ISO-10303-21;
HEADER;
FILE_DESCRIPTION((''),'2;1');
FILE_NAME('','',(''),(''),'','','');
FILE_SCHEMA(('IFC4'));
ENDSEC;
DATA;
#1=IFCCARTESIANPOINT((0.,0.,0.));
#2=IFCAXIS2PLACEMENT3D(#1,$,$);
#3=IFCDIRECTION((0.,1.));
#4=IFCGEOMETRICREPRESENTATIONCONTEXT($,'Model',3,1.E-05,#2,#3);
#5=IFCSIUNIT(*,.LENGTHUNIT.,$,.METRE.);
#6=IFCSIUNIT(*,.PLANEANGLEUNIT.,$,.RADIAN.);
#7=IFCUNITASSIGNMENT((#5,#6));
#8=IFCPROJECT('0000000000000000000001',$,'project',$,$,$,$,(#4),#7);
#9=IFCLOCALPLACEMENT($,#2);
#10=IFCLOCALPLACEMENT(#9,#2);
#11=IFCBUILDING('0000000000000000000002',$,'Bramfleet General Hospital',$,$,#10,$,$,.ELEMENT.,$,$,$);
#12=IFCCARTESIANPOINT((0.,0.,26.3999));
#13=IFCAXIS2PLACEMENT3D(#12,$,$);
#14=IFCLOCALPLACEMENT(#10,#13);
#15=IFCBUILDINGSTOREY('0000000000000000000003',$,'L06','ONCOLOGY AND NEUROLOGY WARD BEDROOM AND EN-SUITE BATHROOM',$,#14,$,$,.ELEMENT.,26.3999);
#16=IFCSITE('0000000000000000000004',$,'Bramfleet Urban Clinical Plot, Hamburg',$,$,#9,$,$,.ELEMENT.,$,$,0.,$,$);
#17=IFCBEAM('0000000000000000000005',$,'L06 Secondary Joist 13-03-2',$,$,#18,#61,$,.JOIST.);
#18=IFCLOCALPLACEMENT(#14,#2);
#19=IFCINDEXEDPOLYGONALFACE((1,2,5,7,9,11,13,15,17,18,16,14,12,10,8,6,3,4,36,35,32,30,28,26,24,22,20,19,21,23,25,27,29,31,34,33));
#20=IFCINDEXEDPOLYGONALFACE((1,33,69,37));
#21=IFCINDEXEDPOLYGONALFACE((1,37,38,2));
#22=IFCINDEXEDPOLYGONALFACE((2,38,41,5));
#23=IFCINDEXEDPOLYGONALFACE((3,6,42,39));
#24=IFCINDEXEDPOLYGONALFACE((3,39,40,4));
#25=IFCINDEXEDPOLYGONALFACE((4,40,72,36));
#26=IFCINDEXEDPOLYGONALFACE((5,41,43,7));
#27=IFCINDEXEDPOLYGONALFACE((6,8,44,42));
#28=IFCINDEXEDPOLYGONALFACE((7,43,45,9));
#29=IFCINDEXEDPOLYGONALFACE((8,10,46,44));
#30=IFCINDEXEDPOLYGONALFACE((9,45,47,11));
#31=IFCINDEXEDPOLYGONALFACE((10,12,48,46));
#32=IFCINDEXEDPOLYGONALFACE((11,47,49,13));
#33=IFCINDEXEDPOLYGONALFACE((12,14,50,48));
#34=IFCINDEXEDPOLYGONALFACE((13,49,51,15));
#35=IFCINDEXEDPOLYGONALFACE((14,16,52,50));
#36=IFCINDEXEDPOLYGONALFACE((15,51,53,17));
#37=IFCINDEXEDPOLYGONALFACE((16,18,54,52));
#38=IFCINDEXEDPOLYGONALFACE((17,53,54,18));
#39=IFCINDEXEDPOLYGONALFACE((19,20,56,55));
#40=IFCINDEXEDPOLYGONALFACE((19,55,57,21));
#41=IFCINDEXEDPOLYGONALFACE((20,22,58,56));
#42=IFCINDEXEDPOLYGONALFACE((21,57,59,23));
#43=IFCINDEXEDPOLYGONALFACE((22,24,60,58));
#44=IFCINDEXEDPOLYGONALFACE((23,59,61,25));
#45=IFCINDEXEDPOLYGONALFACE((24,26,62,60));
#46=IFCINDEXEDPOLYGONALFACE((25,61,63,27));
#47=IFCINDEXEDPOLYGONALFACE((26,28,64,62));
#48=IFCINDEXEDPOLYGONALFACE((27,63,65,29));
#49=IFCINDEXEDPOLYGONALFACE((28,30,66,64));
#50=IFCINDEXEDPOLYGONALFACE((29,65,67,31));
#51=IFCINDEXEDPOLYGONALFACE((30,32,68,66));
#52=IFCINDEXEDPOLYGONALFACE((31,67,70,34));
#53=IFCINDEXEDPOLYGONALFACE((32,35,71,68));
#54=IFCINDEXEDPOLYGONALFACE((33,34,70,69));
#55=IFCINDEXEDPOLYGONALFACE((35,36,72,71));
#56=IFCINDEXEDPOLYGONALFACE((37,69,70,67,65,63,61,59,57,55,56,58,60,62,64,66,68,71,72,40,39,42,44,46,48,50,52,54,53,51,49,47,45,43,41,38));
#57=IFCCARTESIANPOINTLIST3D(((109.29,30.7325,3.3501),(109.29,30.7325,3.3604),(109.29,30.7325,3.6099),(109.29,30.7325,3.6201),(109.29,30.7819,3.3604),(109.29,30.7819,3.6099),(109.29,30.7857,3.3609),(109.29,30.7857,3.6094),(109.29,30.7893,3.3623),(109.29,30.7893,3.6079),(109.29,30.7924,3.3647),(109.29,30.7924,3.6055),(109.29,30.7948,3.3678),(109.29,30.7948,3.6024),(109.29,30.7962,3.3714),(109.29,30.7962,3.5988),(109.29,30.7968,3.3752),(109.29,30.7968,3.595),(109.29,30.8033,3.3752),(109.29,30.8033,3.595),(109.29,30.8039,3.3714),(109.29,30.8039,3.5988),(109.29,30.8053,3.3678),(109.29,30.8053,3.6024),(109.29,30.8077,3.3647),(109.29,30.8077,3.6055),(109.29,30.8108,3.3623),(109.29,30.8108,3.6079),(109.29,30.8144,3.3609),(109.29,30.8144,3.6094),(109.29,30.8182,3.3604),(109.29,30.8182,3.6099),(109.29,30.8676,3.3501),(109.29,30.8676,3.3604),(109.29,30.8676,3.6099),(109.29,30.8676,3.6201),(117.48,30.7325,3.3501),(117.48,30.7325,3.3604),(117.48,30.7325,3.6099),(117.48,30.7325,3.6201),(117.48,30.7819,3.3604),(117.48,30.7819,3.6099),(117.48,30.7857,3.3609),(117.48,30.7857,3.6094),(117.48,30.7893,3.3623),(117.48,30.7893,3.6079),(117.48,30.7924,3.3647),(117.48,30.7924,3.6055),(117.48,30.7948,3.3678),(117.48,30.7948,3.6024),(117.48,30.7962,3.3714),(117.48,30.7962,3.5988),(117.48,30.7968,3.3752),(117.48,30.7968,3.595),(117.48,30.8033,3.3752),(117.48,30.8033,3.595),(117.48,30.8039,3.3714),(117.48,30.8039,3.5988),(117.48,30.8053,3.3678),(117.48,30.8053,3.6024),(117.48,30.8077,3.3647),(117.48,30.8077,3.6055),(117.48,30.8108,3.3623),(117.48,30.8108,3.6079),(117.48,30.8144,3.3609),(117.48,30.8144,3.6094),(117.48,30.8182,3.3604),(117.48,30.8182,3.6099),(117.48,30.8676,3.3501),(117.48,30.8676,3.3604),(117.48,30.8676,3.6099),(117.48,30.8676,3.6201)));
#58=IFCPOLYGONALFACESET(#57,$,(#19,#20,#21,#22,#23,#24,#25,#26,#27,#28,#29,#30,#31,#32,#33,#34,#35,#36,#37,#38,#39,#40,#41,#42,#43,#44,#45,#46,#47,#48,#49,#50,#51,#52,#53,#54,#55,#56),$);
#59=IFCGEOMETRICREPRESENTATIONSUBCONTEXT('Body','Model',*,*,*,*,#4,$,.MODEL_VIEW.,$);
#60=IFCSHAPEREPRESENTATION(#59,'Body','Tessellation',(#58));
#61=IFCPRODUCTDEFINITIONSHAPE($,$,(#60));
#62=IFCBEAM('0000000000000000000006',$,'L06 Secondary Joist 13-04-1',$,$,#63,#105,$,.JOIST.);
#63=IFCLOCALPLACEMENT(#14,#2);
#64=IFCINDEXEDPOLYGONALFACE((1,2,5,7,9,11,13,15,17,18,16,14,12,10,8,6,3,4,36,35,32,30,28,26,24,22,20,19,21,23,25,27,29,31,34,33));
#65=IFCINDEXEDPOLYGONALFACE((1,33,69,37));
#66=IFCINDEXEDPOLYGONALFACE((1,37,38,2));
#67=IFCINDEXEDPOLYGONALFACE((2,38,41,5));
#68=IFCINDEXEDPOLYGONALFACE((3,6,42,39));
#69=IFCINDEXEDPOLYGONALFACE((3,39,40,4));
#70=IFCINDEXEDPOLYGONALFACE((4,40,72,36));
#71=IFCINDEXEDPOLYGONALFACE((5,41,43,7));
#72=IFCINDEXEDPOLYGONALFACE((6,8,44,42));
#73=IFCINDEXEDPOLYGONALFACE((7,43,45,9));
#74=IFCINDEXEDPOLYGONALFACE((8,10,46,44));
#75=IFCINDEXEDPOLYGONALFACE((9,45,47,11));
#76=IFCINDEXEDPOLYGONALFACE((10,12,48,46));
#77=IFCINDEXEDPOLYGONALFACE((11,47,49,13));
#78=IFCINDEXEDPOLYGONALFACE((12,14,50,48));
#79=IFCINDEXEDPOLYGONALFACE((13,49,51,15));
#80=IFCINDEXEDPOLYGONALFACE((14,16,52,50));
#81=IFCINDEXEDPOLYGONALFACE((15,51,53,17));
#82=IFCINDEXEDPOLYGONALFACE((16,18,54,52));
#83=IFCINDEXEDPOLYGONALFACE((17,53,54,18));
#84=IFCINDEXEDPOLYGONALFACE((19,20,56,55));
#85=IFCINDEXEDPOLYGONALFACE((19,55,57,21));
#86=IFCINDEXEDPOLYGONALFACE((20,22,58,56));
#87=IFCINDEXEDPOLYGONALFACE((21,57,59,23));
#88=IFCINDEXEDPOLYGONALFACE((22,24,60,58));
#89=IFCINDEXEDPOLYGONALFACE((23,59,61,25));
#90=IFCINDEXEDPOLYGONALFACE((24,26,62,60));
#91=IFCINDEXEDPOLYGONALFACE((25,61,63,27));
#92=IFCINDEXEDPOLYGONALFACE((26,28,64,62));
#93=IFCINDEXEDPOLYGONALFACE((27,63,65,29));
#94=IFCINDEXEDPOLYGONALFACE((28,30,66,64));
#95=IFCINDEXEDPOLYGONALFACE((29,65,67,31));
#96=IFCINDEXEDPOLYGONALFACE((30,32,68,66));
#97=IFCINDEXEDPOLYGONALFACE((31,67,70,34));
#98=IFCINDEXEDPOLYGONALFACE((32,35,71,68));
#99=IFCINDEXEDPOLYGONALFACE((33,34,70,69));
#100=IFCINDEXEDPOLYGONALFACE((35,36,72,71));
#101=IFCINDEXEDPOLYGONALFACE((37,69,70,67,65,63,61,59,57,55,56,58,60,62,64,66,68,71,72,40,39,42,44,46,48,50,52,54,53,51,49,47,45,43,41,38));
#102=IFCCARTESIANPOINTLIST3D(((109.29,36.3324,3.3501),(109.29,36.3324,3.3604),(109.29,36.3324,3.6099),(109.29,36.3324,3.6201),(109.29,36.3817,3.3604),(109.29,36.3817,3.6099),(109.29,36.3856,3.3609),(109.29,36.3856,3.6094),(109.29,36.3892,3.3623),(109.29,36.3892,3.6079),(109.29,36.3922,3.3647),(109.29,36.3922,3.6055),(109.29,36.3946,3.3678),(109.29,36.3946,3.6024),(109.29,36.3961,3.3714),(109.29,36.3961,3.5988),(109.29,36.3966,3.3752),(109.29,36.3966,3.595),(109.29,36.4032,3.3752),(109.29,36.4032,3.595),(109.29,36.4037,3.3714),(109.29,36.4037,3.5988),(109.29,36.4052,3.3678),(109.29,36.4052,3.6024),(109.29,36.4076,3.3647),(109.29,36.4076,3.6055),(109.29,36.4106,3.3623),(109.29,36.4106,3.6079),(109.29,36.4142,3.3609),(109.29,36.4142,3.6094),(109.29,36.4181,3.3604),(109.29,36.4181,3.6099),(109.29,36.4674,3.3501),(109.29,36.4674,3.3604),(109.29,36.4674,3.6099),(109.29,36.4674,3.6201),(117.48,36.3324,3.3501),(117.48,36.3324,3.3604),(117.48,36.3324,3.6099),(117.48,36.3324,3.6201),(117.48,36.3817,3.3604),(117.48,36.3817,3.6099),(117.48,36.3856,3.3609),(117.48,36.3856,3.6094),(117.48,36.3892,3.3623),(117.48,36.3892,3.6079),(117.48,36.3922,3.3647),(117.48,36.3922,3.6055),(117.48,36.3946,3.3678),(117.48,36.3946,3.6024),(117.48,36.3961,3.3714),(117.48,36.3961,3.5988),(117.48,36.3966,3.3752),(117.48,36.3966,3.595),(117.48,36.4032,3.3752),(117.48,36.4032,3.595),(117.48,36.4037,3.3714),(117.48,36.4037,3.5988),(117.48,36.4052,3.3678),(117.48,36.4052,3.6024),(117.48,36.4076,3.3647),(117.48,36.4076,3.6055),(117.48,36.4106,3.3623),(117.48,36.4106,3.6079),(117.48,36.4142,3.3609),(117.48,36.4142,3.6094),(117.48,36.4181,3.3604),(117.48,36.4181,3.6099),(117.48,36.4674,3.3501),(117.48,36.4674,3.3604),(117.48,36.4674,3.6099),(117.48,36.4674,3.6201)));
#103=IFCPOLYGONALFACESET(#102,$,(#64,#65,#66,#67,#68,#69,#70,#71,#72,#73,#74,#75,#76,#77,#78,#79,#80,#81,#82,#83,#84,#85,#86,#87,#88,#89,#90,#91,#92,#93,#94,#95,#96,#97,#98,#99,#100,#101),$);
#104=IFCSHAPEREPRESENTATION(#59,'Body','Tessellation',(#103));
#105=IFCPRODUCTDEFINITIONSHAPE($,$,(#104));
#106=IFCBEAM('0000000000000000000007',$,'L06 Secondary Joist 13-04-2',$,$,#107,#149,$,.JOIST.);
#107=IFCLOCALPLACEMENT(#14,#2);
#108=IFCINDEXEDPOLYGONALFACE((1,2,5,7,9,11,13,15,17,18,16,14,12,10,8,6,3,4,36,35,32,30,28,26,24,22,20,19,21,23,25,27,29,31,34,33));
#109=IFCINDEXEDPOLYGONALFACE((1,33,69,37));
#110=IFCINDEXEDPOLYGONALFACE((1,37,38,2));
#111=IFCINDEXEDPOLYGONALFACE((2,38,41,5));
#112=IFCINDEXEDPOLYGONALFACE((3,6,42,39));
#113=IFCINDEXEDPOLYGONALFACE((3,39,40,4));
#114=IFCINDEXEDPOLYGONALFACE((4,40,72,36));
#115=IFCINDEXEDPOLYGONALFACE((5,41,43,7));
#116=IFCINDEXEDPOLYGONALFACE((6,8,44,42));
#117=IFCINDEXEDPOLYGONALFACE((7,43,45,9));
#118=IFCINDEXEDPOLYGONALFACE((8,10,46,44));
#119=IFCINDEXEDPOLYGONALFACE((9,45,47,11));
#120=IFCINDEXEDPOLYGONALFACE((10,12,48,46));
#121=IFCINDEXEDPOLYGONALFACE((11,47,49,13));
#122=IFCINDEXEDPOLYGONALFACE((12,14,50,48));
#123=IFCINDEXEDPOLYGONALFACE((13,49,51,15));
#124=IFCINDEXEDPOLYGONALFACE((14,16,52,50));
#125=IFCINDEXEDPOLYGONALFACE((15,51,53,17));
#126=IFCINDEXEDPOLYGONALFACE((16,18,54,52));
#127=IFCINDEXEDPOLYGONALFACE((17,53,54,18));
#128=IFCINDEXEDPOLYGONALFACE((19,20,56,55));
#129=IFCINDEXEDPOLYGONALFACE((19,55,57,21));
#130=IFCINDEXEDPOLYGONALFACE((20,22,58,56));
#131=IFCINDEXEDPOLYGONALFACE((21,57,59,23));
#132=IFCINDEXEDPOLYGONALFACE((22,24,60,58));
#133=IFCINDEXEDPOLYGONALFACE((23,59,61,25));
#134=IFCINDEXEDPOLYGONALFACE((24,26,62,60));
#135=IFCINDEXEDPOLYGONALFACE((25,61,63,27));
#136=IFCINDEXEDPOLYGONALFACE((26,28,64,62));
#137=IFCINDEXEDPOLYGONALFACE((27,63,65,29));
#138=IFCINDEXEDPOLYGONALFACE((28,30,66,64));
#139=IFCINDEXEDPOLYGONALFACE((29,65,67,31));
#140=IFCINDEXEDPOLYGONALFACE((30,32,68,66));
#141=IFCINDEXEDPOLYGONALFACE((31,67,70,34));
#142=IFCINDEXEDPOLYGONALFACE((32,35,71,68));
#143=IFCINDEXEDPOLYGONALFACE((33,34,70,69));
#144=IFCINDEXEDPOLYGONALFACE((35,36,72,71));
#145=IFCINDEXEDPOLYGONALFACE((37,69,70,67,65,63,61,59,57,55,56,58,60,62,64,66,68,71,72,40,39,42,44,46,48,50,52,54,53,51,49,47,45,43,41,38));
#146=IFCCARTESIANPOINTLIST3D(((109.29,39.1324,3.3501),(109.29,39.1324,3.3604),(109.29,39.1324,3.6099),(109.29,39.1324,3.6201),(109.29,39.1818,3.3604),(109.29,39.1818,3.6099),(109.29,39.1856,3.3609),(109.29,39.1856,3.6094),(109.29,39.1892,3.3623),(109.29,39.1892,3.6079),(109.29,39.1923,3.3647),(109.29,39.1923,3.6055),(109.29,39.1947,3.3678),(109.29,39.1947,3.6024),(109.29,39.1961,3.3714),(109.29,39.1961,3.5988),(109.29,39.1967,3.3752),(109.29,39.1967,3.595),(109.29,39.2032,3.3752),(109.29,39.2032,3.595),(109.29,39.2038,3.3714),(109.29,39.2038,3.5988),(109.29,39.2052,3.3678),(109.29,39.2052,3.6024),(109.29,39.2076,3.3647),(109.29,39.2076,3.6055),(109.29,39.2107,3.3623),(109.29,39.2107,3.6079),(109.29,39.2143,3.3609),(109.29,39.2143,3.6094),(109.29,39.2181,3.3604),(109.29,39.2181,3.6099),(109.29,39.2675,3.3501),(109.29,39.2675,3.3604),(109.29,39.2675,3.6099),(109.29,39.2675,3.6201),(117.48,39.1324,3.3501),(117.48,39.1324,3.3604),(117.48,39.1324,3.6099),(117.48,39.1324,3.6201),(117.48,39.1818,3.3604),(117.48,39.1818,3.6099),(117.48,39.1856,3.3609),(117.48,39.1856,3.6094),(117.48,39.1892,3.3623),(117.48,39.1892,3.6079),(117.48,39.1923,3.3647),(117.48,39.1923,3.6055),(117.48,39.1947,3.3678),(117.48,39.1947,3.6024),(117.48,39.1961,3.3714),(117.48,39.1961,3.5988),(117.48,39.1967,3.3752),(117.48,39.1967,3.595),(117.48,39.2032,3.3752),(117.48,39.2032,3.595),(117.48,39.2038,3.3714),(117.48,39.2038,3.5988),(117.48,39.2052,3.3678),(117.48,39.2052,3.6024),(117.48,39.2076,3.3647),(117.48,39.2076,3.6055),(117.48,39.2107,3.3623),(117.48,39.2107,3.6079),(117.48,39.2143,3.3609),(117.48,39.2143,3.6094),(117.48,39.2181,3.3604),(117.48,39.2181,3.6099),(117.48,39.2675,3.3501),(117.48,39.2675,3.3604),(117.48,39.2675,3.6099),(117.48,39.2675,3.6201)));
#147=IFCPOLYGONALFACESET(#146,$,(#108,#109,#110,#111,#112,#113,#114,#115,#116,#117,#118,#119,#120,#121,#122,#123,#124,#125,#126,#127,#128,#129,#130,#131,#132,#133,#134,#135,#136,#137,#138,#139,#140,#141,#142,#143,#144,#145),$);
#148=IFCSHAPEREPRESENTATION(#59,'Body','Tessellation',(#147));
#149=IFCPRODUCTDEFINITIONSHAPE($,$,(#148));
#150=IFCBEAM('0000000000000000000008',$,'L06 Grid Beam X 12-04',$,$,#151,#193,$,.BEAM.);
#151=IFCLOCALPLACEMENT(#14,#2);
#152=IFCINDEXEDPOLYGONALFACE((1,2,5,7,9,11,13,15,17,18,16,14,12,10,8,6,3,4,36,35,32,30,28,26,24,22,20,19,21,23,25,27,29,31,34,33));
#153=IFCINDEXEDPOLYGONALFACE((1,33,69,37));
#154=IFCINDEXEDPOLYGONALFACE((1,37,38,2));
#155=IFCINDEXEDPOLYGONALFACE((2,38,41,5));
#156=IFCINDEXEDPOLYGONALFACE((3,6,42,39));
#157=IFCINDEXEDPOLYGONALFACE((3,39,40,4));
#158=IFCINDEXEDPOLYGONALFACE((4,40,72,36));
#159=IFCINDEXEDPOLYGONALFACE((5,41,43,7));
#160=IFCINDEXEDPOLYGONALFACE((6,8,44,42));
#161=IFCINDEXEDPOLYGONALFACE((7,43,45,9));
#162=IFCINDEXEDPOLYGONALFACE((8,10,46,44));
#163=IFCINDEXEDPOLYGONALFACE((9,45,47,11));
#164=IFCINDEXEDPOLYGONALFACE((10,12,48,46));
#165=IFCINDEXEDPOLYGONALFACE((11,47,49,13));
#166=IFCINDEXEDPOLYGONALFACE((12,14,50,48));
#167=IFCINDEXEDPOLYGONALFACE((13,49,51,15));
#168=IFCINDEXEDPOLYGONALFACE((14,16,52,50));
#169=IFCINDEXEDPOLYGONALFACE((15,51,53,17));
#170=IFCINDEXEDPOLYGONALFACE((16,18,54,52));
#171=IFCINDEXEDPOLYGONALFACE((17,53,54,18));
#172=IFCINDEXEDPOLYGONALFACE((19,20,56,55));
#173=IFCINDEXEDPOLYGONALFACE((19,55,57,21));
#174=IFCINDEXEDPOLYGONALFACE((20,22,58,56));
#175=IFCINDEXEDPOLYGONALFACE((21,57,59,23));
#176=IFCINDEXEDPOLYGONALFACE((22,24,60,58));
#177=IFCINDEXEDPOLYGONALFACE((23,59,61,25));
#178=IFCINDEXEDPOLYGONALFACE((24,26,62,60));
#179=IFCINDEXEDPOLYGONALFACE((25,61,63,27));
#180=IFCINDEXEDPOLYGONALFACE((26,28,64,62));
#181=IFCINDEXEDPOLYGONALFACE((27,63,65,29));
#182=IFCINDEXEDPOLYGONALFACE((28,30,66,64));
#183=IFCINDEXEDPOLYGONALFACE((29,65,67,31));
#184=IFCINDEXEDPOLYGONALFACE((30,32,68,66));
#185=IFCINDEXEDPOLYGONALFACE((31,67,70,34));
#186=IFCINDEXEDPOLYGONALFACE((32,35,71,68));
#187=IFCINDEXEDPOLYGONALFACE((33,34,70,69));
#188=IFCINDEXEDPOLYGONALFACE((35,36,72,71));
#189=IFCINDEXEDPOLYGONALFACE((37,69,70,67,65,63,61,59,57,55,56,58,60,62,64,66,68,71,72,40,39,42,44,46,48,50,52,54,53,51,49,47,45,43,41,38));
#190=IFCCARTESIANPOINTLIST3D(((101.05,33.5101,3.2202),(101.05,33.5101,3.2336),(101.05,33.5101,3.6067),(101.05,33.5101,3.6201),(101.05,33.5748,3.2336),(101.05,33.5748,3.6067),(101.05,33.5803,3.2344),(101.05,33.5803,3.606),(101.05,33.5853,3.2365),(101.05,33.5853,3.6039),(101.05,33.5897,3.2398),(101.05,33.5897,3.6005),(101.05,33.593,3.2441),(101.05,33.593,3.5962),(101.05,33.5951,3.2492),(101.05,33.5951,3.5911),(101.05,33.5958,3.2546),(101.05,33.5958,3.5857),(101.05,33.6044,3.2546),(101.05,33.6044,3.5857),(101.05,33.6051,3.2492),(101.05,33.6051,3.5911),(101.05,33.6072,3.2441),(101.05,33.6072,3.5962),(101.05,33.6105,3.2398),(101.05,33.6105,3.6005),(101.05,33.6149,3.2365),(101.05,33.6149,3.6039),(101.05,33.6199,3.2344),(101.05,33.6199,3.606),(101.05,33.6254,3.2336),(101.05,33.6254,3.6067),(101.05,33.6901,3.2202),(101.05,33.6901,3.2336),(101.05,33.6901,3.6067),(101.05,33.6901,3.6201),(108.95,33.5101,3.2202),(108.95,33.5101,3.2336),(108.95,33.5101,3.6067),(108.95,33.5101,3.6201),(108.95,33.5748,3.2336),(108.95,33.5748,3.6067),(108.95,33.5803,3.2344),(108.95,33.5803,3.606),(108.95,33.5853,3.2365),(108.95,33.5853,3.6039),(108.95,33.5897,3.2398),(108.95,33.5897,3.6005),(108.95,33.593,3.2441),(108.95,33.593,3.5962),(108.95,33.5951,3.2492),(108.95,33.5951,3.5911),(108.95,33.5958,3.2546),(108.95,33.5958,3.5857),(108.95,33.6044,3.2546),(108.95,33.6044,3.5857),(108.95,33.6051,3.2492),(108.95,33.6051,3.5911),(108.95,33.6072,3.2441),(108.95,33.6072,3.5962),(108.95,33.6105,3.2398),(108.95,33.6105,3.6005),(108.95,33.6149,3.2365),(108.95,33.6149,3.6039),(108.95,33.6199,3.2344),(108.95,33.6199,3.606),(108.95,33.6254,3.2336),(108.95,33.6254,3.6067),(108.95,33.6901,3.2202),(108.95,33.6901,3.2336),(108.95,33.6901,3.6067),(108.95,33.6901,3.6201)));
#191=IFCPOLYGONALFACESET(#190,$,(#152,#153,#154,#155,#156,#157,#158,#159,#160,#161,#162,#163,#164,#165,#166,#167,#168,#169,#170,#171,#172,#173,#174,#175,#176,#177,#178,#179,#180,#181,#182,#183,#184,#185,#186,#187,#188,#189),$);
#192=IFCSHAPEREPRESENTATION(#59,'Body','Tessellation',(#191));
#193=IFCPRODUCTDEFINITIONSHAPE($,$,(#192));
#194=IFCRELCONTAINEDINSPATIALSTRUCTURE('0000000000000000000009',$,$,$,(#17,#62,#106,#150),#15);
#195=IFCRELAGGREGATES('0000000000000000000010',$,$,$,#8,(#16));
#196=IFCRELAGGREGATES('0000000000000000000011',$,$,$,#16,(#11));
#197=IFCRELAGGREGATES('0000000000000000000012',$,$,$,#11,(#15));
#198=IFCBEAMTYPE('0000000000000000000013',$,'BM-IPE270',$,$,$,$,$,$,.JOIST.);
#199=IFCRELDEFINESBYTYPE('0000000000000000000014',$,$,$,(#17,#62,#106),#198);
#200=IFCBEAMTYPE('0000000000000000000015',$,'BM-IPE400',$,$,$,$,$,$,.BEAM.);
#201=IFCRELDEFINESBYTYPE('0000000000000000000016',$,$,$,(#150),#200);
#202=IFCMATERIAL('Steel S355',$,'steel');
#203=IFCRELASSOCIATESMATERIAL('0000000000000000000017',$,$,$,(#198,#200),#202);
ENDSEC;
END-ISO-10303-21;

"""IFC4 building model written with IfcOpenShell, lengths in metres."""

from ifc_helpers import new_model, si_unit, direction, frame, origin, origin_2d, place, context, subcontext, project, spatial, i_section, extrude, material, material_profile, profile_set, type_object, element, save


model = new_model("IFC4")

# Units and contexts
model_context = context("Model", 3, precision=1e-05, world=origin(), true_north=direction((0.0, 1.0)))
body_context = subcontext(model_context, "Body", "Model", "MODEL_VIEW")
ifc_project = project(units=[si_unit("LENGTHUNIT", "METRE"), si_unit("PLANEANGLEUNIT", "RADIAN")], contexts=[model_context])

# Site, building, storey
site_placement = place(None, origin())
site = spatial("IfcSite", under=ifc_project, at=site_placement, Name="Bramfleet Urban Clinical Plot, Hamburg", CompositionType="ELEMENT", RefElevation=0.0)
building_placement = place(site_placement, origin())
building = spatial("IfcBuilding", under=site, at=building_placement, Name="Bramfleet General Hospital", CompositionType="ELEMENT")
storey_placement = place(building_placement, frame((0.0, 0.0, 26.3999)))
storey = spatial("IfcBuildingStorey", under=building, at=storey_placement, Name="L06", Description="ONCOLOGY AND NEUROLOGY WARD BEDROOM AND EN-SUITE BATHROOM", CompositionType="ELEMENT", Elevation=26.3999)

# Beams
ifc_material_1 = material(Name="Steel S355", Category="steel")
ifc_material_profile_1 = material_profile(ifc_material_1, i_section(OverallWidth=0.135, OverallDepth=0.27, WebThickness=0.0066, FlangeThickness=0.0103, FilletRadius=0.0149, at=origin_2d()), Name="IPE 270")
ifc_profile_set_1 = profile_set([ifc_material_profile_1], Name="Steel S355")
beam_type_1 = type_object("IfcBeamType", Name="BM-IPE270", PredefinedType="JOIST", material=ifc_profile_set_1)
for number, where, z_axis, x_axis, name in (
    (1, (109.29, 30.8, 3.4851), (1.0, 0.0, 0.0), (0.0, 1.0, 0.0), "L06 Secondary Joist 13-03-2"),
    (2, (109.29, 36.3999, 3.4851), (1.0, 0.0, 0.0), (0.0, 1.0, 0.0), "L06 Secondary Joist 13-04-1"),
    (3, (109.29, 39.2, 3.4851), (1.0, 0.0, 0.0), (0.0, 1.0, 0.0), "L06 Secondary Joist 13-04-2"),
):
    element("IfcBeam", number, at=place(storey_placement, frame(where, z_axis=z_axis, x_axis=x_axis)), inside=storey, type_object=beam_type_1, Name=name, PredefinedType="JOIST", context=body_context, shape_type="SweptSolid", body=[
        extrude(i_section(OverallWidth=0.135, OverallDepth=0.27, WebThickness=0.0066, FlangeThickness=0.0103, FilletRadius=0.0149, at=origin_2d()), origin(), (0.0, 0.0, 1.0), 8.1899),
    ])
ifc_material_profile_2 = material_profile(ifc_material_1, i_section(OverallWidth=0.1799, OverallDepth=0.3999, WebThickness=0.0085, FlangeThickness=0.0134, FilletRadius=0.021, at=origin_2d()), Name="IPE 400")
ifc_profile_set_2 = profile_set([ifc_material_profile_2], Name="Steel S355")
beam_type_2 = type_object("IfcBeamType", Name="BM-IPE400", PredefinedType="BEAM", material=ifc_profile_set_2)
for number, where, z_axis, x_axis, name in (
    (4, (101.05, 33.6001, 3.4202), (1.0, 0.0, 0.0), (0.0, 1.0, 0.0), "L06 Grid Beam X 12-04"),
):
    element("IfcBeam", number, at=place(storey_placement, frame(where, z_axis=z_axis, x_axis=x_axis)), inside=storey, type_object=beam_type_2, Name=name, PredefinedType="BEAM", context=body_context, shape_type="SweptSolid", body=[
        extrude(i_section(OverallWidth=0.1799, OverallDepth=0.3999, WebThickness=0.0085, FlangeThickness=0.0134, FilletRadius=0.021, at=origin_2d()), origin(), (0.0, 0.0, 1.0), 7.8999),
    ])

save(model, "model.ifc")
